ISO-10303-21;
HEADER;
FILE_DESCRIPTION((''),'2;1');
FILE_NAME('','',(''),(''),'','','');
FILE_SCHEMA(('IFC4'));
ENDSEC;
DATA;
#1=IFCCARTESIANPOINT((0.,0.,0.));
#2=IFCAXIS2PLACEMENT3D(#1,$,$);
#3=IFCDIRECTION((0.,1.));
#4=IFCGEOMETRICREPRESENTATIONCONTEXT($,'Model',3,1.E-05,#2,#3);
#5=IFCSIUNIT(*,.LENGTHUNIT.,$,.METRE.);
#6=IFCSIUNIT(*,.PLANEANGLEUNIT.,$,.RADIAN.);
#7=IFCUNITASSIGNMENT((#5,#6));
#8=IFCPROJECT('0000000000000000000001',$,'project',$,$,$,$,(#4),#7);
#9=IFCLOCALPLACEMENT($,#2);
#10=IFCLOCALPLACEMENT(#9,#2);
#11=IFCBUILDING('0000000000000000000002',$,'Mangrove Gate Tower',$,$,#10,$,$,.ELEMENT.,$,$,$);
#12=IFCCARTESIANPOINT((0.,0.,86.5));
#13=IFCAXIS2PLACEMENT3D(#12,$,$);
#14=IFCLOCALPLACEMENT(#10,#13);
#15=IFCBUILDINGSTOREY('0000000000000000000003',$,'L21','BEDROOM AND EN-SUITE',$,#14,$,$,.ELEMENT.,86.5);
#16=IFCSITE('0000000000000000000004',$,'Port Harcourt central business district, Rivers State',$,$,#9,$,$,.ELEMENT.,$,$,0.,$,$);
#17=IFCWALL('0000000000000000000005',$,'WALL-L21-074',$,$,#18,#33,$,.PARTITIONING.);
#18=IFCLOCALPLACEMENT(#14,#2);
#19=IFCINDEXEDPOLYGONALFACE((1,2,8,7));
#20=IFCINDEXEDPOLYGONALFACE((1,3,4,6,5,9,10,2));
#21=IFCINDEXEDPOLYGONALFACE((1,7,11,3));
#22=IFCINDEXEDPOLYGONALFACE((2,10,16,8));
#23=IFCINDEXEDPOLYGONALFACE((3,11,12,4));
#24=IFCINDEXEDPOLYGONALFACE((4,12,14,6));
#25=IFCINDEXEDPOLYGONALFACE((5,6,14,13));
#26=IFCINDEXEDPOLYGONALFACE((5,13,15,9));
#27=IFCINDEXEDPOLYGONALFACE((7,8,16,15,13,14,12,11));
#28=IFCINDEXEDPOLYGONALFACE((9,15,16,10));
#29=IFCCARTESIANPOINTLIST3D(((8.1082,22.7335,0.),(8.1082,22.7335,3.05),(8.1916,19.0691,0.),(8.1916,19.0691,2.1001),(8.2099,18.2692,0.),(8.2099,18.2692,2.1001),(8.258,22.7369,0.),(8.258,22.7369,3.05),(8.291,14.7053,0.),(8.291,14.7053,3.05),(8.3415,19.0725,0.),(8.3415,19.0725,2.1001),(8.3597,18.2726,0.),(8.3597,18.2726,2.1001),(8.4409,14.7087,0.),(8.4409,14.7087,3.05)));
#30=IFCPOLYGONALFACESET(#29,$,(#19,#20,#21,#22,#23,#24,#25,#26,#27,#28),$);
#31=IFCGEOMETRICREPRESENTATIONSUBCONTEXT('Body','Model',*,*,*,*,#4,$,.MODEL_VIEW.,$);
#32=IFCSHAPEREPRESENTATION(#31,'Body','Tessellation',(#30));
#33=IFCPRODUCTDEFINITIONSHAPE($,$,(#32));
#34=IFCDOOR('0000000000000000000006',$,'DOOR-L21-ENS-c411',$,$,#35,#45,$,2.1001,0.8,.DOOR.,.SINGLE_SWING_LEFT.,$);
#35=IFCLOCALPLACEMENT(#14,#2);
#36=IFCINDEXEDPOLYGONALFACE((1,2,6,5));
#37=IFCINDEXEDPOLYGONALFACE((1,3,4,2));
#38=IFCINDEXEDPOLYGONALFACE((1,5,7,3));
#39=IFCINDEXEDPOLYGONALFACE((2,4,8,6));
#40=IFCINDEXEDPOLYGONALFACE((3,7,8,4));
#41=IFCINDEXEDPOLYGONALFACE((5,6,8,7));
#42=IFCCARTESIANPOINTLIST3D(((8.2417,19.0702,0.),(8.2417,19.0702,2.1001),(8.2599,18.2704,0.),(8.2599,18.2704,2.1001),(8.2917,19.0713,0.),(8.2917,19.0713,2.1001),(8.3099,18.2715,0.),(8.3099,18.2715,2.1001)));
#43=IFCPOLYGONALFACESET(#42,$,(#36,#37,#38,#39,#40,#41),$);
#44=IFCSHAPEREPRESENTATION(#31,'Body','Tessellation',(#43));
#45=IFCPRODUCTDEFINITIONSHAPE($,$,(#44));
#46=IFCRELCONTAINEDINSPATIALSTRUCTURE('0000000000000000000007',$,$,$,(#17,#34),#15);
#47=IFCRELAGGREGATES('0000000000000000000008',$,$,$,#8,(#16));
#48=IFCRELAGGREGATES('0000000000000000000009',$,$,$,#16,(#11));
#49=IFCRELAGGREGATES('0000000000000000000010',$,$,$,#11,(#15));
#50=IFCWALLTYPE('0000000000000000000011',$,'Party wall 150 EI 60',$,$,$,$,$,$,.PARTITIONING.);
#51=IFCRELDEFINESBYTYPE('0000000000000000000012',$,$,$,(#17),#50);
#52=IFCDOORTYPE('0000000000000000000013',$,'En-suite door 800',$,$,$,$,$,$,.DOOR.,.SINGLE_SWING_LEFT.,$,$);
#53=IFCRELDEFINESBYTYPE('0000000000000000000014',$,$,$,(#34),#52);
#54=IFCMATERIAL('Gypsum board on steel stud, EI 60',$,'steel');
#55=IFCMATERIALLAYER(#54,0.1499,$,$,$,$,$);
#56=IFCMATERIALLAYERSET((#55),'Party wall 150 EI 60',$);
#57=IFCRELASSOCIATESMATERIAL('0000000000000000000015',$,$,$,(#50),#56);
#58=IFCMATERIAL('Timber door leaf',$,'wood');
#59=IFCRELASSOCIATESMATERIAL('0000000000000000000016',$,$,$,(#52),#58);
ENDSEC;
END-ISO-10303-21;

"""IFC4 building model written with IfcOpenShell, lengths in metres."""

from ifc_helpers import new_model, si_unit, direction, frame, frame_2d, origin, place, context, subcontext, project, spatial, rectangle, extrude, material, layer, layer_set, type_object, element, fill, save


model = new_model("IFC4")

# Units and contexts
model_context = context("Model", 3, precision=1e-05, world=origin(), true_north=direction((0.0, 1.0)))
body_context = subcontext(model_context, "Body", "Model", "MODEL_VIEW")
ifc_project = project(units=[si_unit("LENGTHUNIT", "METRE"), si_unit("PLANEANGLEUNIT", "RADIAN")], contexts=[model_context])

# Site, building, storey
site_placement = place(None, origin())
site = spatial("IfcSite", under=ifc_project, at=site_placement, Name="Port Harcourt central business district, Rivers State", CompositionType="ELEMENT", RefElevation=0.0)
building_placement = place(site_placement, origin())
building = spatial("IfcBuilding", under=site, at=building_placement, Name="Mangrove Gate Tower", CompositionType="ELEMENT")
storey_placement = place(building_placement, frame((0.0, 0.0, 86.5)))
storey = spatial("IfcBuildingStorey", under=building, at=storey_placement, Name="L21", Description="BEDROOM AND EN-SUITE", CompositionType="ELEMENT", Elevation=86.5)

# Shared definitions
ifc_material_1 = material(Name="Gypsum board on steel stud, EI 60", Category="steel")
ifc_layer_1 = layer(ifc_material_1, 0.1499)
ifc_layer_set_1 = layer_set([ifc_layer_1], Name="Party wall 150 EI 60")
wall_type_1 = type_object("IfcWallType", Name="Party wall 150 EI 60", PredefinedType="PARTITIONING", material=ifc_layer_set_1)

# Shared definitions
ifc_material_2 = material(Name="Timber door leaf", Category="wood")
door_type_1 = type_object("IfcDoorType", Name="En-suite door 800", OperationType="SINGLE_SWING_LEFT", PredefinedType="DOOR", material=ifc_material_2)

# Wall, opening, door
wall_1_placement = place(storey_placement, frame((8.366, 14.707, 0.0), z_axis=(0.0, 0.0, 1.0), x_axis=(-0.022772, 0.999741, 0.0)))
wall_1 = element("IfcWall", 1, at=wall_1_placement, inside=storey, type_object=wall_type_1, Name="WALL-L21-074", PredefinedType="PARTITIONING", context=body_context, shape_type="SweptSolid", body=[
    extrude(rectangle(XDim=8.0303, YDim=0.1499, at=frame_2d((4.0151, 0.0))), origin(), (0.0, 0.0, 1.0), 3.05),
])
opening_1_placement = place(wall_1_placement, frame((3.5649, 0.0, 0.0)))
opening_1 = element("IfcOpeningElement", 2, at=opening_1_placement, cuts=wall_1, PredefinedType="OPENING", context=body_context, shape_type="SweptSolid", body=[
    extrude(rectangle(XDim=0.8, YDim=2.1001, at=frame_2d((0.3999, 1.05))), frame((0.0, 0.085, 0.0), z_axis=(0.0, -1.0, 0.0), x_axis=(1.0, 0.0, 0.0)), (0.0, 0.0, 1.0), 0.1699),
])
door_1_placement = place(opening_1_placement, origin())
door_1 = element("IfcDoor", 3, at=door_1_placement, inside=storey, type_object=door_type_1, Name="DOOR-L21-ENS-c411", OperationType="SINGLE_SWING_LEFT", OverallHeight=2.1001, OverallWidth=0.8, PredefinedType="DOOR", context=body_context, shape_type="SweptSolid", body=[
    extrude(rectangle(XDim=0.8, YDim=2.1001, at=frame_2d((0.3999, 1.05))), frame((0.0, 0.0249, 0.0), z_axis=(0.0, -1.0, 0.0), x_axis=(1.0, 0.0, 0.0)), (0.0, 0.0, 1.0), 0.05),
])
fill(opening_1, door_1)

save(model, "model.ifc")
